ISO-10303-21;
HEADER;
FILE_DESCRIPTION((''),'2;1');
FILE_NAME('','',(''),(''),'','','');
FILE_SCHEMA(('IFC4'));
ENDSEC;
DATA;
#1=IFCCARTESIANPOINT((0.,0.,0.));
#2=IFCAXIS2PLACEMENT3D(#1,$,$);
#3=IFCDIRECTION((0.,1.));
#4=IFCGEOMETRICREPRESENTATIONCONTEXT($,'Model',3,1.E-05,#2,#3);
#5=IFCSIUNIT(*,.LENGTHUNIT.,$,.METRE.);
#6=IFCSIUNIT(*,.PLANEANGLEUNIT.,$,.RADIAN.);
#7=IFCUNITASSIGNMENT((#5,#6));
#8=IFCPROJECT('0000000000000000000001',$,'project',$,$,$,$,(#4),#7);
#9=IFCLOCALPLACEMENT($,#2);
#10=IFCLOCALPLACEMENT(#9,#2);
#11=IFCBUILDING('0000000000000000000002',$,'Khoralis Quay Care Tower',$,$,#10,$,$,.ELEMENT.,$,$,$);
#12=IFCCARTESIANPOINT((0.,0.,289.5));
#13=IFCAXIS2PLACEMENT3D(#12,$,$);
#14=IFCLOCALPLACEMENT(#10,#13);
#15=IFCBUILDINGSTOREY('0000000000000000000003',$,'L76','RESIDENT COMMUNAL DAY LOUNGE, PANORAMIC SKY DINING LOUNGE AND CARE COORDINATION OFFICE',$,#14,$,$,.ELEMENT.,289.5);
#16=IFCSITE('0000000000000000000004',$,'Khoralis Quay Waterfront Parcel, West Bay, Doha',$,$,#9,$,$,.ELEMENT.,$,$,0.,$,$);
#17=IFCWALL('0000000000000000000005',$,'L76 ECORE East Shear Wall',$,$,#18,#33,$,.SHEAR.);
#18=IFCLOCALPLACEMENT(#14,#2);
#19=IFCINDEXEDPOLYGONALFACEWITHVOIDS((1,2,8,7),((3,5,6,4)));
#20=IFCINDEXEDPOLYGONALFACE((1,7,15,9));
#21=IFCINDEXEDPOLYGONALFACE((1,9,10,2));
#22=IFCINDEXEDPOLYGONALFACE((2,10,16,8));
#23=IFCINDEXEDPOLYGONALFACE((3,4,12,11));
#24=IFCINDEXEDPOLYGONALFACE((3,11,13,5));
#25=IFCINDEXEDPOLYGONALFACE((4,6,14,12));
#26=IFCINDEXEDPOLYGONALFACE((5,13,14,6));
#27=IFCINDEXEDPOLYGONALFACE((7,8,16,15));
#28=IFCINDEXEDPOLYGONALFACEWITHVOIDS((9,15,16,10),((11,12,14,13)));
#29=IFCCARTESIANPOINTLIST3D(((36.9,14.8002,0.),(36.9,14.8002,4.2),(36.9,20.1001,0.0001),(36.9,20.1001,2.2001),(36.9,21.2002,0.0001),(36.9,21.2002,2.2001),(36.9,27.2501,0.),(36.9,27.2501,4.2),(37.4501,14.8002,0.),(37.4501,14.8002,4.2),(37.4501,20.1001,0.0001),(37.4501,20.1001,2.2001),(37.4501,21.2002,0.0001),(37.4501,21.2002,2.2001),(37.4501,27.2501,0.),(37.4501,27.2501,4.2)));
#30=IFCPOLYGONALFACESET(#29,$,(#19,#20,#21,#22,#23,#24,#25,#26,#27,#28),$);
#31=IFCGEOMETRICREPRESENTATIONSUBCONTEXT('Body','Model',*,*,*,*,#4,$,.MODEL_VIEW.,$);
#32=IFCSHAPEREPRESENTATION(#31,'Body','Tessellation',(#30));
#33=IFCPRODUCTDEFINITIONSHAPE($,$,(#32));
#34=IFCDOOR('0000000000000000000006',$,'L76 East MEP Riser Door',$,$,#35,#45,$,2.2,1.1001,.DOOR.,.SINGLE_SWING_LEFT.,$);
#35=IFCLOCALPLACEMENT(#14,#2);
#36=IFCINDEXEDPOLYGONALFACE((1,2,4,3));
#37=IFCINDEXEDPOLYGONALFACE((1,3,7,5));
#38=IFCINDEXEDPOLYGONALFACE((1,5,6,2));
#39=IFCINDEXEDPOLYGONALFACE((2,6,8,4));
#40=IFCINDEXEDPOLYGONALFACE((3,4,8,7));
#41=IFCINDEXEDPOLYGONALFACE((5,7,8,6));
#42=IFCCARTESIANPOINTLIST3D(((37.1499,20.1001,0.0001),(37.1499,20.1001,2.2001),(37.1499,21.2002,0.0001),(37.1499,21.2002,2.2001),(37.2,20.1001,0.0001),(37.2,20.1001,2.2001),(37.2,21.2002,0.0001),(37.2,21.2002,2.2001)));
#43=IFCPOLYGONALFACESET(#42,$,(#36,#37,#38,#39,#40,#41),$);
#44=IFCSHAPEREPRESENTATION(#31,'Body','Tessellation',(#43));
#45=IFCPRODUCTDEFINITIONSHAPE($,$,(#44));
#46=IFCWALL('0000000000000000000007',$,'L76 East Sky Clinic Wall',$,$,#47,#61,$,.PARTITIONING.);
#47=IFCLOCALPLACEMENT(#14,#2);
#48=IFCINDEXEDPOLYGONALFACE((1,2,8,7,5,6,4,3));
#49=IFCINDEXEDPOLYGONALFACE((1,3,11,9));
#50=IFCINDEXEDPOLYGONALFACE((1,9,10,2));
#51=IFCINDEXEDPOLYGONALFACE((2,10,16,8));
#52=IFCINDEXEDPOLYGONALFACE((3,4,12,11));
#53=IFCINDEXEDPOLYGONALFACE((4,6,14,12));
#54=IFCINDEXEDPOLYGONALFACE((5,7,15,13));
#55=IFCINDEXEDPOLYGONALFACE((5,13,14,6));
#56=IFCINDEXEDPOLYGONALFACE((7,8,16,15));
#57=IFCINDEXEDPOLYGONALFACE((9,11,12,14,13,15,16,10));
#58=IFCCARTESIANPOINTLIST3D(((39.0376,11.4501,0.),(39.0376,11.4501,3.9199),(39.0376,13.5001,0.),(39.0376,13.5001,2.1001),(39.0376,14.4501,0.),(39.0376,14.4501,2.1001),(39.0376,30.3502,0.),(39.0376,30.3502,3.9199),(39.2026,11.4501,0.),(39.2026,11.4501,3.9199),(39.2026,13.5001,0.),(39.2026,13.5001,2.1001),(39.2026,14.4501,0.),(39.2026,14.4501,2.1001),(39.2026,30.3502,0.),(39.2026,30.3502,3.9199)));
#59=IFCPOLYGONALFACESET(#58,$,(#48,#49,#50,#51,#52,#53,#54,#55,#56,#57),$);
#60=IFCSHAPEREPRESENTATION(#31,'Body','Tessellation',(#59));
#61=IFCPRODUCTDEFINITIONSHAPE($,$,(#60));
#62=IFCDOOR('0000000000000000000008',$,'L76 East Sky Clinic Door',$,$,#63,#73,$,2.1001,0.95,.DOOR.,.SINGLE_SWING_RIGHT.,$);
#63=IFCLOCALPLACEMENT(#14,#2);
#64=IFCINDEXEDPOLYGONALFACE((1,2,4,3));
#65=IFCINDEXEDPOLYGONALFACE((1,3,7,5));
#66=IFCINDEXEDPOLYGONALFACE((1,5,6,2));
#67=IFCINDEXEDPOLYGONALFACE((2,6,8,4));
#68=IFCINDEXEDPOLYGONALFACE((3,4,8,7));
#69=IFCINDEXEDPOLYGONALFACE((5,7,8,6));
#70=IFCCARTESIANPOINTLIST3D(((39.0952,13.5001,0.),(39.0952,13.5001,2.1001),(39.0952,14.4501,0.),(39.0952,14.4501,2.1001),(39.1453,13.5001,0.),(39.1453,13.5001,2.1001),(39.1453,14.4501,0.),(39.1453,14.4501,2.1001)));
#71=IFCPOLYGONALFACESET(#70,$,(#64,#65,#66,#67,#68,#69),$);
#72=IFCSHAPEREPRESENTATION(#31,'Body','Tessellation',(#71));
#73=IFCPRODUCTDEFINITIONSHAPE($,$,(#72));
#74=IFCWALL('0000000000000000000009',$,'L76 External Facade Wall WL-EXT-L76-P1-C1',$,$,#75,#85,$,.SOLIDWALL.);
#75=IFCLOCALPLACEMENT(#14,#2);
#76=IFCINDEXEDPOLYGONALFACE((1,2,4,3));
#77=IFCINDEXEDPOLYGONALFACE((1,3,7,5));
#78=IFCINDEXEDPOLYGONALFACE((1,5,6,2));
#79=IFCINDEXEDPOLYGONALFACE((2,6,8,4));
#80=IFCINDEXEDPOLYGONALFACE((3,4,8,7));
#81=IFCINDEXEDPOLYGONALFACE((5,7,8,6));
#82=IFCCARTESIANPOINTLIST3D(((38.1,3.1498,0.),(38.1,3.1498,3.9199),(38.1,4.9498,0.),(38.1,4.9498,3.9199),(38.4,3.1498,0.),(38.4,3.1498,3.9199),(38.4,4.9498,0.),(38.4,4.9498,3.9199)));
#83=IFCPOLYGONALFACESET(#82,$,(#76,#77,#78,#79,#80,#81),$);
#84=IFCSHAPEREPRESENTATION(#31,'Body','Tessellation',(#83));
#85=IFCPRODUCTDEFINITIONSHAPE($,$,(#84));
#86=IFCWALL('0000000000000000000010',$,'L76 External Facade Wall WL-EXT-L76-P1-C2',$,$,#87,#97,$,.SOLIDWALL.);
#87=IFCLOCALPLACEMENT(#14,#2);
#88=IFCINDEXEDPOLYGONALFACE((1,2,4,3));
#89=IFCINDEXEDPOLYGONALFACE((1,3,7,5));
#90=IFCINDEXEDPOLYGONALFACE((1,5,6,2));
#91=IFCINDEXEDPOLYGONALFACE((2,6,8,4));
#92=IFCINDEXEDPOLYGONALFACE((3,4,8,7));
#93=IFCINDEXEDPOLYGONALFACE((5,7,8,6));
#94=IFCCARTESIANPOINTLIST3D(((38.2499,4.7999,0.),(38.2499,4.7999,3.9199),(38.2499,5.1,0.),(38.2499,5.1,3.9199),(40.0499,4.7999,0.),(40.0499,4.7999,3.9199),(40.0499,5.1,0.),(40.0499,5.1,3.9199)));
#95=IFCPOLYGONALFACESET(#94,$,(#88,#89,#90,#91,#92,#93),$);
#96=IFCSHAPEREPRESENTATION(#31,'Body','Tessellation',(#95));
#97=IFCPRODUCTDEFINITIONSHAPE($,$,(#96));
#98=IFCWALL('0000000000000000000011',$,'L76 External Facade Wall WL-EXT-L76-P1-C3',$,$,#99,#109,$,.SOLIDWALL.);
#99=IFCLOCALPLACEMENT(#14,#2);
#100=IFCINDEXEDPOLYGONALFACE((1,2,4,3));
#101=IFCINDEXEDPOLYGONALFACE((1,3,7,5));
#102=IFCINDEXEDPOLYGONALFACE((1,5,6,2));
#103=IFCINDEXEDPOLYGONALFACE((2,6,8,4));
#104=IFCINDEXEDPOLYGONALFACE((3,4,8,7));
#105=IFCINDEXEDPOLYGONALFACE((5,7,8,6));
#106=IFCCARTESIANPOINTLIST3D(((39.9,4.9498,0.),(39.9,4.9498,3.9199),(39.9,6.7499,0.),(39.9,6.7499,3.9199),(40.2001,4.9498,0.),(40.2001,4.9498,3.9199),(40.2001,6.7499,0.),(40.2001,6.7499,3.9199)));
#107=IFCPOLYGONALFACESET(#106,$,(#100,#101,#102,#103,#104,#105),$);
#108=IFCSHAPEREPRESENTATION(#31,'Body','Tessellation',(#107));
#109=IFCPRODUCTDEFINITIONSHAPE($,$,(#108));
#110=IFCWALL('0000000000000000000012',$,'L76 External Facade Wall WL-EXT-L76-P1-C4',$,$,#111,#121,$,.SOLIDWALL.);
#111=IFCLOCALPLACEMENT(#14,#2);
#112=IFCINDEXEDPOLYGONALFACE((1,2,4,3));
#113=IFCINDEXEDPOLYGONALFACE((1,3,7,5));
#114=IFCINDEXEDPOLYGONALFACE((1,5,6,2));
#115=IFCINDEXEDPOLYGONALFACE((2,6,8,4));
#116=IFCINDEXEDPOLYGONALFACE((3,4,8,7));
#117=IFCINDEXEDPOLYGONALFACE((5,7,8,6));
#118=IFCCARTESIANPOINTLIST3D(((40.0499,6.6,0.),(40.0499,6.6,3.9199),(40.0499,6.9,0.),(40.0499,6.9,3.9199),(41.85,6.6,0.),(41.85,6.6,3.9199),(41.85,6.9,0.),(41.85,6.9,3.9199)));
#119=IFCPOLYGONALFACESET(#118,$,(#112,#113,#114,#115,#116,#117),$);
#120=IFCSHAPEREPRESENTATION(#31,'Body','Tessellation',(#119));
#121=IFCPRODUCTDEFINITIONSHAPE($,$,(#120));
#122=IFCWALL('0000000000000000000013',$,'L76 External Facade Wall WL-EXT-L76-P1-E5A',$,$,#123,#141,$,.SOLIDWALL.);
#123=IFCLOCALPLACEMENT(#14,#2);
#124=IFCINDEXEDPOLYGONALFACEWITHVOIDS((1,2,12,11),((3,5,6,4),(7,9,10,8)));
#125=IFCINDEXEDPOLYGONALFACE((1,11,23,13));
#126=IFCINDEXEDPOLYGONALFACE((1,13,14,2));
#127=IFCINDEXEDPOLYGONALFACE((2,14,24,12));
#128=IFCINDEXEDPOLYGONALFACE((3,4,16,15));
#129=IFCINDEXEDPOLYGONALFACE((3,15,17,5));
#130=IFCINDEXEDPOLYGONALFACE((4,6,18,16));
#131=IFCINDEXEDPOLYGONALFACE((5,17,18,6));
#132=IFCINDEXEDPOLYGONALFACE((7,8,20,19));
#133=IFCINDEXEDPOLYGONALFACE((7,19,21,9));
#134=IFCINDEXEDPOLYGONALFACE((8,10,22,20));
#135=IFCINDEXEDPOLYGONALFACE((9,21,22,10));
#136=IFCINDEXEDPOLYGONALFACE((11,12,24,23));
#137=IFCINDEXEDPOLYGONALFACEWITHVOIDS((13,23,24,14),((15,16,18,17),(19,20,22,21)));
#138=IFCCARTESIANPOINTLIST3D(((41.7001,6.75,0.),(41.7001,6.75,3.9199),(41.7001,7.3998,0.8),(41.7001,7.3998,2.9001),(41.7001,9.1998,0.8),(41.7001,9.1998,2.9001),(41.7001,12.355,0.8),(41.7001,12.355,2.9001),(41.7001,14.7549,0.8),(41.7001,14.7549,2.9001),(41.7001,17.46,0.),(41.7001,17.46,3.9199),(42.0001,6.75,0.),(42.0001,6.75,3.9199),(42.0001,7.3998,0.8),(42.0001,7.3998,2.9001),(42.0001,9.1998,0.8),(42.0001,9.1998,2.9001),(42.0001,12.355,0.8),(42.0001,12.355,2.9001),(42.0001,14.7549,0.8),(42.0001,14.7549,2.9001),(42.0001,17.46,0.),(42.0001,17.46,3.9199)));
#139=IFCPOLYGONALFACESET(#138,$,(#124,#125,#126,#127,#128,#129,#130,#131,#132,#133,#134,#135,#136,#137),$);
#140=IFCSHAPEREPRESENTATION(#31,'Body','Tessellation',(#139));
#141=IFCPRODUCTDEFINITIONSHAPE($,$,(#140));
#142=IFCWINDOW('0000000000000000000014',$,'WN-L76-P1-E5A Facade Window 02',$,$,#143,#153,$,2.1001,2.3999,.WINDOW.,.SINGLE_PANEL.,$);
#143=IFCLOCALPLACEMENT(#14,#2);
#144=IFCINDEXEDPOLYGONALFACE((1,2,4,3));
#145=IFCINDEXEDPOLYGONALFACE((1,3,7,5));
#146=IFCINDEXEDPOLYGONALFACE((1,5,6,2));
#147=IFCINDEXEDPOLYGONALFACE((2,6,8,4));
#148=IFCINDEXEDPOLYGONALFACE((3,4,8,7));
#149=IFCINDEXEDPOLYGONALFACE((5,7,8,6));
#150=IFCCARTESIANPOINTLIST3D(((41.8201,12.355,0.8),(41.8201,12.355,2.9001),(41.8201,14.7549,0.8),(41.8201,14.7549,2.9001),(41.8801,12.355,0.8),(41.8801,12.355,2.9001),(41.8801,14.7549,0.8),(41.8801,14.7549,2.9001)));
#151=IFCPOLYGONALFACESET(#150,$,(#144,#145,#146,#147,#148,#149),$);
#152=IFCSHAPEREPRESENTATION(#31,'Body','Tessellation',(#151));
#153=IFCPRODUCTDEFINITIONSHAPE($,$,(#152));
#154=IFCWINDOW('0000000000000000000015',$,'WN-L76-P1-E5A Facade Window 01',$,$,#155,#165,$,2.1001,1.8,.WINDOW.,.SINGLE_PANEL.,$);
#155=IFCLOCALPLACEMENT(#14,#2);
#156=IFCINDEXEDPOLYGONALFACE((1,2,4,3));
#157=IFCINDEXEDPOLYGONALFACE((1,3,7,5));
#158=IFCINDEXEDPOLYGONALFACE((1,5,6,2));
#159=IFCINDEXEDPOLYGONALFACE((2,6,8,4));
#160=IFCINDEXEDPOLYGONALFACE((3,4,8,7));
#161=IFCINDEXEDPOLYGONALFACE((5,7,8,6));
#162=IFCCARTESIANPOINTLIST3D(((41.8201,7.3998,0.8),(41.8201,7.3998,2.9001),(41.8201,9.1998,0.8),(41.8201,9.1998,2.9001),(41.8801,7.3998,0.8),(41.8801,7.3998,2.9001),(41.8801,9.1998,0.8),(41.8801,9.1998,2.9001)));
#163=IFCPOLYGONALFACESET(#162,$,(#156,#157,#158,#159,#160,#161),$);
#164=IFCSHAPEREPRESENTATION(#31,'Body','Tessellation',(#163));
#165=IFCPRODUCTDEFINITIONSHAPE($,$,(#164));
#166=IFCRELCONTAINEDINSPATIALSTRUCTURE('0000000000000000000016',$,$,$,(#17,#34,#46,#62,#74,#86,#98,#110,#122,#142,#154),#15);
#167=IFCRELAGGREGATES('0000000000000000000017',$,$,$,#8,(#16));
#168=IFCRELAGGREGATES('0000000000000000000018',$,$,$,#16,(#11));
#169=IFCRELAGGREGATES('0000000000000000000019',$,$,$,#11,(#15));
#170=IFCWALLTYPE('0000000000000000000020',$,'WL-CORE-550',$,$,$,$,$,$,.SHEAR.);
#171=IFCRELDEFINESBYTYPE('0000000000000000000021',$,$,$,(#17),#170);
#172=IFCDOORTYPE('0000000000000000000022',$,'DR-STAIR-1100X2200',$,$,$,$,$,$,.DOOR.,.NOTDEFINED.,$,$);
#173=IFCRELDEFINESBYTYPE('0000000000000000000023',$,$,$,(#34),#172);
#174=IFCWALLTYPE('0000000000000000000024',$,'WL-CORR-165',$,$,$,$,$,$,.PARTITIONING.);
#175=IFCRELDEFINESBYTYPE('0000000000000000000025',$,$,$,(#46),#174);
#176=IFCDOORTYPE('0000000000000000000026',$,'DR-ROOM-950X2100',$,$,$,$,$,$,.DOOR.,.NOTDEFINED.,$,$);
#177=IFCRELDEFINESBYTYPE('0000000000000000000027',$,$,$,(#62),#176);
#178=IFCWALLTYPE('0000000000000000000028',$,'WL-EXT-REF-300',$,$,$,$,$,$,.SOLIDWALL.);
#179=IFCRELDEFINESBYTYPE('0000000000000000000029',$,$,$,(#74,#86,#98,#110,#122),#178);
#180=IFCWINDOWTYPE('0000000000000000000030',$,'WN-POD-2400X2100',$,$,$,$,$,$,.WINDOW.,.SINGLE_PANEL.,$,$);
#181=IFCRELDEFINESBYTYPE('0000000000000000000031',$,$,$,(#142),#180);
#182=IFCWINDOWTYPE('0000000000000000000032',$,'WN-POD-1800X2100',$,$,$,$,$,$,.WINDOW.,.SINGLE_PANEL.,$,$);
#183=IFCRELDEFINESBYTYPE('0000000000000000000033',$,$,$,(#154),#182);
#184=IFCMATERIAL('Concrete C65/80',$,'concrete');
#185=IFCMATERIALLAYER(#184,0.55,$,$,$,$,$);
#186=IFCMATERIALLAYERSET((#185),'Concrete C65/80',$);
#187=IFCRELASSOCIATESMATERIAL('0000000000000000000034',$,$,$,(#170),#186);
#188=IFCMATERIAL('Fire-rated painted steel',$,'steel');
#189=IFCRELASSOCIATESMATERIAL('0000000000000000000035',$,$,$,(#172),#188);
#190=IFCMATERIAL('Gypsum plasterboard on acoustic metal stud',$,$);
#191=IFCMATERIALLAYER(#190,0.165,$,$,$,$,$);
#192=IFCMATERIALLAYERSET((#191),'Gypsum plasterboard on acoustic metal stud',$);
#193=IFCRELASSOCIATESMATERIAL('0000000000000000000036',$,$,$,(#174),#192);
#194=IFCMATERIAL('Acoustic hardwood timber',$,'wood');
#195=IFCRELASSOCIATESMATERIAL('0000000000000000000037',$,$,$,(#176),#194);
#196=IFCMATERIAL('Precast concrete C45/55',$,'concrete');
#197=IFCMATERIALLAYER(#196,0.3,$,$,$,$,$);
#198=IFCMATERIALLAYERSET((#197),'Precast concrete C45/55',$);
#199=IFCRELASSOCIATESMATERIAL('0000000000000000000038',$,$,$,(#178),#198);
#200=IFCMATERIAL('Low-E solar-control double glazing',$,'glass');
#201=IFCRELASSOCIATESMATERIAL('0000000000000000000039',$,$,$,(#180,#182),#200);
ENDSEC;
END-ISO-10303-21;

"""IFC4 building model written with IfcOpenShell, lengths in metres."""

from ifc_helpers import new_model, si_unit, direction, frame, frame_2d, origin, place, context, subcontext, project, spatial, rectangle, extrude, source, transform, mapped, material, layer, layer_set, type_object, element, fill, save


model = new_model("IFC4")

# Units and contexts
model_context = context("Model", 3, precision=1e-05, world=origin(), true_north=direction((0.0, 1.0)))
body_context = subcontext(model_context, "Body", "Model", "MODEL_VIEW")
ifc_project = project(units=[si_unit("LENGTHUNIT", "METRE"), si_unit("PLANEANGLEUNIT", "RADIAN")], contexts=[model_context])

# Site, building, storey
site_placement = place(None, origin())
site = spatial("IfcSite", under=ifc_project, at=site_placement, Name="Khoralis Quay Waterfront Parcel, West Bay, Doha", CompositionType="ELEMENT", RefElevation=0.0)
building_placement = place(site_placement, origin())
building = spatial("IfcBuilding", under=site, at=building_placement, Name="Khoralis Quay Care Tower", CompositionType="ELEMENT")
storey_placement = place(building_placement, frame((0.0, 0.0, 289.5)))
storey = spatial("IfcBuildingStorey", under=building, at=storey_placement, Name="L76", Description="RESIDENT COMMUNAL DAY LOUNGE, PANORAMIC SKY DINING LOUNGE AND CARE COORDINATION OFFICE", CompositionType="ELEMENT", Elevation=289.5)

# Shared definitions
ifc_material_1 = material(Name="Gypsum plasterboard on acoustic metal stud")

# Walls, openings, doors
ifc_material_2 = material(Name="Concrete C65/80", Category="concrete")
ifc_layer_1 = layer(ifc_material_2, 0.55)
ifc_layer_set_1 = layer_set([ifc_layer_1], Name="Concrete C65/80")
wall_type_1 = type_object("IfcWallType", Name="WL-CORE-550", PredefinedType="SHEAR", material=ifc_layer_set_1)
wall_1_placement = place(storey_placement, frame((37.175, 14.8, 0.0), z_axis=(0.0, 0.0, 1.0), x_axis=(0.0, 1.0, 0.0)))
wall_1 = element("IfcWall", 1, at=wall_1_placement, inside=storey, type_object=wall_type_1, Name="L76 ECORE East Shear Wall", PredefinedType="SHEAR", context=body_context, shape_type="SweptSolid", body=[
    extrude(rectangle(XDim=12.45, YDim=0.55, at=frame_2d((6.2251, 0.0))), origin(), (0.0, 0.0, 1.0), 4.2),
])
opening_1_placement = place(wall_1_placement, frame((5.3, 0.0, 0.0)))
opening_1 = element("IfcOpeningElement", 2, at=opening_1_placement, cuts=wall_1, PredefinedType="OPENING", context=body_context, shape_type="SweptSolid", body=[
    extrude(rectangle(XDim=1.1001, YDim=2.2, at=frame_2d((0.55, 1.1001))), frame((0.0, 0.2852, 0.0), z_axis=(0.0, -1.0, 0.0), x_axis=(1.0, 0.0, 0.0)), (0.0, 0.0, 1.0), 0.5701),
])
ifc_material_3 = material(Name="Fire-rated painted steel", Category="steel")
door_type_1 = type_object("IfcDoorType", Name="DR-STAIR-1100X2200", OperationType="NOTDEFINED", PredefinedType="DOOR", material=ifc_material_3)
shared_shape_1 = source(origin(), body_context, "Body", "SweptSolid", [
    extrude(rectangle(XDim=1.1001, YDim=2.2, at=frame_2d((0.55, 1.1001))), frame((0.0, 0.0249, 0.0), z_axis=(0.0, -1.0, 0.0), x_axis=(1.0, 0.0, 0.0)), (0.0, 0.0, 1.0), 0.05),
])
door_1_placement = place(opening_1_placement, frame((1.1001, 0.0, 0.0), z_axis=(0.0, 0.0, 1.0), x_axis=(-1.0, 0.0, 0.0)))
door_1 = element("IfcDoor", 3, at=door_1_placement, inside=storey, type_object=door_type_1, Name="L76 East MEP Riser Door", OperationType="SINGLE_SWING_LEFT", OverallHeight=2.2, OverallWidth=1.1001, PredefinedType="DOOR", context=body_context, shape_type="MappedRepresentation", body=[
    mapped(shared_shape_1, transform((0.0, 0.0, 0.0), scale=1.0)),
])
fill(opening_1, door_1)
ifc_layer_2 = layer(ifc_material_1, 0.165)
ifc_layer_set_2 = layer_set([ifc_layer_2], Name="Gypsum plasterboard on acoustic metal stud")
wall_type_2 = type_object("IfcWallType", Name="WL-CORR-165", PredefinedType="PARTITIONING", material=ifc_layer_set_2)
wall_2_placement = place(storey_placement, frame((39.1201, 11.45, 0.0), z_axis=(0.0, 0.0, 1.0), x_axis=(0.0, 1.0, 0.0)))
wall_2 = element("IfcWall", 4, at=wall_2_placement, inside=storey, type_object=wall_type_2, Name="L76 East Sky Clinic Wall", PredefinedType="PARTITIONING", context=body_context, shape_type="SweptSolid", body=[
    extrude(rectangle(XDim=18.9001, YDim=0.165, at=frame_2d((9.4502, 0.0))), origin(), (0.0, 0.0, 1.0), 3.9199),
])
opening_2_placement = place(wall_2_placement, frame((2.05, 0.0, 0.0)))
opening_2 = element("IfcOpeningElement", 5, at=opening_2_placement, cuts=wall_2, PredefinedType="OPENING", context=body_context, shape_type="SweptSolid", body=[
    extrude(rectangle(XDim=0.95, YDim=2.1001, at=frame_2d((0.4751, 1.05))), frame((0.0, 0.0925, 0.0), z_axis=(0.0, -1.0, 0.0), x_axis=(1.0, 0.0, 0.0)), (0.0, 0.0, 1.0), 0.1851),
])
ifc_material_4 = material(Name="Acoustic hardwood timber", Category="wood")
door_type_2 = type_object("IfcDoorType", Name="DR-ROOM-950X2100", OperationType="NOTDEFINED", PredefinedType="DOOR", material=ifc_material_4)
shared_shape_2 = source(origin(), body_context, "Body", "SweptSolid", [
    extrude(rectangle(XDim=0.95, YDim=2.1001, at=frame_2d((0.4751, 1.05))), frame((0.0, 0.0249, 0.0), z_axis=(0.0, -1.0, 0.0), x_axis=(1.0, 0.0, 0.0)), (0.0, 0.0, 1.0), 0.05),
])
door_2_placement = place(opening_2_placement, origin())
door_2 = element("IfcDoor", 6, at=door_2_placement, inside=storey, type_object=door_type_2, Name="L76 East Sky Clinic Door", OperationType="SINGLE_SWING_RIGHT", OverallHeight=2.1001, OverallWidth=0.95, PredefinedType="DOOR", context=body_context, shape_type="MappedRepresentation", body=[
    mapped(shared_shape_2, transform((0.0, 0.0, 0.0), scale=1.0)),
])
fill(opening_2, door_2)

# Walls
ifc_material_5 = material(Name="Precast concrete C45/55", Category="concrete")
ifc_layer_3 = layer(ifc_material_5, 0.3)
ifc_layer_set_3 = layer_set([ifc_layer_3], Name="Precast concrete C45/55")
wall_type_3 = type_object("IfcWallType", Name="WL-EXT-REF-300", PredefinedType="SOLIDWALL", material=ifc_layer_set_3)
for number, where, z_axis, x_axis, name in (
    (7, (38.25, 3.1499, 0.0), (0.0, 0.0, 1.0), (0.0, 1.0, 0.0), "L76 External Facade Wall WL-EXT-L76-P1-C1"),
    (8, (38.25, 4.95, 0.0), (0.0, 0.0, 1.0), (1.0, 0.0, 0.0), "L76 External Facade Wall WL-EXT-L76-P1-C2"),
    (9, (40.05, 4.95, 0.0), (0.0, 0.0, 1.0), (0.0, 1.0, 0.0), "L76 External Facade Wall WL-EXT-L76-P1-C3"),
    (10, (40.05, 6.75, 0.0), (0.0, 0.0, 1.0), (1.0, 0.0, 0.0), "L76 External Facade Wall WL-EXT-L76-P1-C4"),
):
    element("IfcWall", number, at=place(storey_placement, frame(where, z_axis=z_axis, x_axis=x_axis)), inside=storey, type_object=wall_type_3, Name=name, PredefinedType="SOLIDWALL", context=body_context, shape_type="SweptSolid", body=[
        extrude(rectangle(XDim=1.8, YDim=0.3, at=frame_2d((0.8999, 0.0))), origin(), (0.0, 0.0, 1.0), 3.9199),
    ])

# Wall, openings, windows
wall_3_placement = place(storey_placement, frame((41.8501, 6.75, 0.0), z_axis=(0.0, 0.0, 1.0), x_axis=(0.0, 1.0, 0.0)))
wall_3 = element("IfcWall", 11, at=wall_3_placement, inside=storey, type_object=wall_type_3, Name="L76 External Facade Wall WL-EXT-L76-P1-E5A", PredefinedType="SOLIDWALL", context=body_context, shape_type="SweptSolid", body=[
    extrude(rectangle(XDim=10.71, YDim=0.3, at=frame_2d((5.355, 0.0))), origin(), (0.0, 0.0, 1.0), 3.9199),
])
opening_3_placement = place(wall_3_placement, frame((0.6499, 0.0, 0.8)))
opening_3 = element("IfcOpeningElement", 12, at=opening_3_placement, cuts=wall_3, PredefinedType="OPENING", context=body_context, shape_type="SweptSolid", body=[
    extrude(rectangle(XDim=1.8, YDim=2.1001, at=frame_2d((0.8999, 1.05))), frame((0.0, 0.1602, 0.0), z_axis=(0.0, -1.0, 0.0), x_axis=(1.0, 0.0, 0.0)), (0.0, 0.0, 1.0), 0.3201),
])
opening_4_placement = place(wall_3_placement, frame((5.605, 0.0, 0.8)))
opening_4 = element("IfcOpeningElement", 13, at=opening_4_placement, cuts=wall_3, PredefinedType="OPENING", context=body_context, shape_type="SweptSolid", body=[
    extrude(rectangle(XDim=2.3999, YDim=2.1001, at=frame_2d((1.2, 1.05))), frame((0.0, 0.1602, 0.0), z_axis=(0.0, -1.0, 0.0), x_axis=(1.0, 0.0, 0.0)), (0.0, 0.0, 1.0), 0.3201),
])
ifc_material_6 = material(Name="Low-E solar-control double glazing", Category="glass")
window_type_1 = type_object("IfcWindowType", Name="WN-POD-2400X2100", PartitioningType="SINGLE_PANEL", PredefinedType="WINDOW", material=ifc_material_6)
shared_shape_3 = source(origin(), body_context, "Body", "SweptSolid", [
    extrude(rectangle(XDim=2.3999, YDim=2.1001, at=frame_2d((1.2, 1.05))), frame((0.0, 0.03, 0.0), z_axis=(0.0, -1.0, 0.0), x_axis=(1.0, 0.0, 0.0)), (0.0, 0.0, 1.0), 0.0601),
])
window_1_placement = place(opening_4_placement, origin())
window_1 = element("IfcWindow", 14, at=window_1_placement, inside=storey, type_object=window_type_1, Name="WN-L76-P1-E5A Facade Window 02", OverallHeight=2.1001, OverallWidth=2.3999, PartitioningType="SINGLE_PANEL", PredefinedType="WINDOW", context=body_context, shape_type="MappedRepresentation", body=[
    mapped(shared_shape_3, transform((0.0, 0.0, 0.0), scale=1.0)),
])
fill(opening_4, window_1)
window_type_2 = type_object("IfcWindowType", Name="WN-POD-1800X2100", PartitioningType="SINGLE_PANEL", PredefinedType="WINDOW", material=ifc_material_6)
shared_shape_4 = source(origin(), body_context, "Body", "SweptSolid", [
    extrude(rectangle(XDim=1.8, YDim=2.1001, at=frame_2d((0.8999, 1.05))), frame((0.0, 0.03, 0.0), z_axis=(0.0, -1.0, 0.0), x_axis=(1.0, 0.0, 0.0)), (0.0, 0.0, 1.0), 0.0601),
])
window_2_placement = place(opening_3_placement, origin())
window_2 = element("IfcWindow", 15, at=window_2_placement, inside=storey, type_object=window_type_2, Name="WN-L76-P1-E5A Facade Window 01", OverallHeight=2.1001, OverallWidth=1.8, PartitioningType="SINGLE_PANEL", PredefinedType="WINDOW", context=body_context, shape_type="MappedRepresentation", body=[
    mapped(shared_shape_4, transform((0.0, 0.0, 0.0), scale=1.0)),
])
fill(opening_3, window_2)

save(model, "model.ifc")
